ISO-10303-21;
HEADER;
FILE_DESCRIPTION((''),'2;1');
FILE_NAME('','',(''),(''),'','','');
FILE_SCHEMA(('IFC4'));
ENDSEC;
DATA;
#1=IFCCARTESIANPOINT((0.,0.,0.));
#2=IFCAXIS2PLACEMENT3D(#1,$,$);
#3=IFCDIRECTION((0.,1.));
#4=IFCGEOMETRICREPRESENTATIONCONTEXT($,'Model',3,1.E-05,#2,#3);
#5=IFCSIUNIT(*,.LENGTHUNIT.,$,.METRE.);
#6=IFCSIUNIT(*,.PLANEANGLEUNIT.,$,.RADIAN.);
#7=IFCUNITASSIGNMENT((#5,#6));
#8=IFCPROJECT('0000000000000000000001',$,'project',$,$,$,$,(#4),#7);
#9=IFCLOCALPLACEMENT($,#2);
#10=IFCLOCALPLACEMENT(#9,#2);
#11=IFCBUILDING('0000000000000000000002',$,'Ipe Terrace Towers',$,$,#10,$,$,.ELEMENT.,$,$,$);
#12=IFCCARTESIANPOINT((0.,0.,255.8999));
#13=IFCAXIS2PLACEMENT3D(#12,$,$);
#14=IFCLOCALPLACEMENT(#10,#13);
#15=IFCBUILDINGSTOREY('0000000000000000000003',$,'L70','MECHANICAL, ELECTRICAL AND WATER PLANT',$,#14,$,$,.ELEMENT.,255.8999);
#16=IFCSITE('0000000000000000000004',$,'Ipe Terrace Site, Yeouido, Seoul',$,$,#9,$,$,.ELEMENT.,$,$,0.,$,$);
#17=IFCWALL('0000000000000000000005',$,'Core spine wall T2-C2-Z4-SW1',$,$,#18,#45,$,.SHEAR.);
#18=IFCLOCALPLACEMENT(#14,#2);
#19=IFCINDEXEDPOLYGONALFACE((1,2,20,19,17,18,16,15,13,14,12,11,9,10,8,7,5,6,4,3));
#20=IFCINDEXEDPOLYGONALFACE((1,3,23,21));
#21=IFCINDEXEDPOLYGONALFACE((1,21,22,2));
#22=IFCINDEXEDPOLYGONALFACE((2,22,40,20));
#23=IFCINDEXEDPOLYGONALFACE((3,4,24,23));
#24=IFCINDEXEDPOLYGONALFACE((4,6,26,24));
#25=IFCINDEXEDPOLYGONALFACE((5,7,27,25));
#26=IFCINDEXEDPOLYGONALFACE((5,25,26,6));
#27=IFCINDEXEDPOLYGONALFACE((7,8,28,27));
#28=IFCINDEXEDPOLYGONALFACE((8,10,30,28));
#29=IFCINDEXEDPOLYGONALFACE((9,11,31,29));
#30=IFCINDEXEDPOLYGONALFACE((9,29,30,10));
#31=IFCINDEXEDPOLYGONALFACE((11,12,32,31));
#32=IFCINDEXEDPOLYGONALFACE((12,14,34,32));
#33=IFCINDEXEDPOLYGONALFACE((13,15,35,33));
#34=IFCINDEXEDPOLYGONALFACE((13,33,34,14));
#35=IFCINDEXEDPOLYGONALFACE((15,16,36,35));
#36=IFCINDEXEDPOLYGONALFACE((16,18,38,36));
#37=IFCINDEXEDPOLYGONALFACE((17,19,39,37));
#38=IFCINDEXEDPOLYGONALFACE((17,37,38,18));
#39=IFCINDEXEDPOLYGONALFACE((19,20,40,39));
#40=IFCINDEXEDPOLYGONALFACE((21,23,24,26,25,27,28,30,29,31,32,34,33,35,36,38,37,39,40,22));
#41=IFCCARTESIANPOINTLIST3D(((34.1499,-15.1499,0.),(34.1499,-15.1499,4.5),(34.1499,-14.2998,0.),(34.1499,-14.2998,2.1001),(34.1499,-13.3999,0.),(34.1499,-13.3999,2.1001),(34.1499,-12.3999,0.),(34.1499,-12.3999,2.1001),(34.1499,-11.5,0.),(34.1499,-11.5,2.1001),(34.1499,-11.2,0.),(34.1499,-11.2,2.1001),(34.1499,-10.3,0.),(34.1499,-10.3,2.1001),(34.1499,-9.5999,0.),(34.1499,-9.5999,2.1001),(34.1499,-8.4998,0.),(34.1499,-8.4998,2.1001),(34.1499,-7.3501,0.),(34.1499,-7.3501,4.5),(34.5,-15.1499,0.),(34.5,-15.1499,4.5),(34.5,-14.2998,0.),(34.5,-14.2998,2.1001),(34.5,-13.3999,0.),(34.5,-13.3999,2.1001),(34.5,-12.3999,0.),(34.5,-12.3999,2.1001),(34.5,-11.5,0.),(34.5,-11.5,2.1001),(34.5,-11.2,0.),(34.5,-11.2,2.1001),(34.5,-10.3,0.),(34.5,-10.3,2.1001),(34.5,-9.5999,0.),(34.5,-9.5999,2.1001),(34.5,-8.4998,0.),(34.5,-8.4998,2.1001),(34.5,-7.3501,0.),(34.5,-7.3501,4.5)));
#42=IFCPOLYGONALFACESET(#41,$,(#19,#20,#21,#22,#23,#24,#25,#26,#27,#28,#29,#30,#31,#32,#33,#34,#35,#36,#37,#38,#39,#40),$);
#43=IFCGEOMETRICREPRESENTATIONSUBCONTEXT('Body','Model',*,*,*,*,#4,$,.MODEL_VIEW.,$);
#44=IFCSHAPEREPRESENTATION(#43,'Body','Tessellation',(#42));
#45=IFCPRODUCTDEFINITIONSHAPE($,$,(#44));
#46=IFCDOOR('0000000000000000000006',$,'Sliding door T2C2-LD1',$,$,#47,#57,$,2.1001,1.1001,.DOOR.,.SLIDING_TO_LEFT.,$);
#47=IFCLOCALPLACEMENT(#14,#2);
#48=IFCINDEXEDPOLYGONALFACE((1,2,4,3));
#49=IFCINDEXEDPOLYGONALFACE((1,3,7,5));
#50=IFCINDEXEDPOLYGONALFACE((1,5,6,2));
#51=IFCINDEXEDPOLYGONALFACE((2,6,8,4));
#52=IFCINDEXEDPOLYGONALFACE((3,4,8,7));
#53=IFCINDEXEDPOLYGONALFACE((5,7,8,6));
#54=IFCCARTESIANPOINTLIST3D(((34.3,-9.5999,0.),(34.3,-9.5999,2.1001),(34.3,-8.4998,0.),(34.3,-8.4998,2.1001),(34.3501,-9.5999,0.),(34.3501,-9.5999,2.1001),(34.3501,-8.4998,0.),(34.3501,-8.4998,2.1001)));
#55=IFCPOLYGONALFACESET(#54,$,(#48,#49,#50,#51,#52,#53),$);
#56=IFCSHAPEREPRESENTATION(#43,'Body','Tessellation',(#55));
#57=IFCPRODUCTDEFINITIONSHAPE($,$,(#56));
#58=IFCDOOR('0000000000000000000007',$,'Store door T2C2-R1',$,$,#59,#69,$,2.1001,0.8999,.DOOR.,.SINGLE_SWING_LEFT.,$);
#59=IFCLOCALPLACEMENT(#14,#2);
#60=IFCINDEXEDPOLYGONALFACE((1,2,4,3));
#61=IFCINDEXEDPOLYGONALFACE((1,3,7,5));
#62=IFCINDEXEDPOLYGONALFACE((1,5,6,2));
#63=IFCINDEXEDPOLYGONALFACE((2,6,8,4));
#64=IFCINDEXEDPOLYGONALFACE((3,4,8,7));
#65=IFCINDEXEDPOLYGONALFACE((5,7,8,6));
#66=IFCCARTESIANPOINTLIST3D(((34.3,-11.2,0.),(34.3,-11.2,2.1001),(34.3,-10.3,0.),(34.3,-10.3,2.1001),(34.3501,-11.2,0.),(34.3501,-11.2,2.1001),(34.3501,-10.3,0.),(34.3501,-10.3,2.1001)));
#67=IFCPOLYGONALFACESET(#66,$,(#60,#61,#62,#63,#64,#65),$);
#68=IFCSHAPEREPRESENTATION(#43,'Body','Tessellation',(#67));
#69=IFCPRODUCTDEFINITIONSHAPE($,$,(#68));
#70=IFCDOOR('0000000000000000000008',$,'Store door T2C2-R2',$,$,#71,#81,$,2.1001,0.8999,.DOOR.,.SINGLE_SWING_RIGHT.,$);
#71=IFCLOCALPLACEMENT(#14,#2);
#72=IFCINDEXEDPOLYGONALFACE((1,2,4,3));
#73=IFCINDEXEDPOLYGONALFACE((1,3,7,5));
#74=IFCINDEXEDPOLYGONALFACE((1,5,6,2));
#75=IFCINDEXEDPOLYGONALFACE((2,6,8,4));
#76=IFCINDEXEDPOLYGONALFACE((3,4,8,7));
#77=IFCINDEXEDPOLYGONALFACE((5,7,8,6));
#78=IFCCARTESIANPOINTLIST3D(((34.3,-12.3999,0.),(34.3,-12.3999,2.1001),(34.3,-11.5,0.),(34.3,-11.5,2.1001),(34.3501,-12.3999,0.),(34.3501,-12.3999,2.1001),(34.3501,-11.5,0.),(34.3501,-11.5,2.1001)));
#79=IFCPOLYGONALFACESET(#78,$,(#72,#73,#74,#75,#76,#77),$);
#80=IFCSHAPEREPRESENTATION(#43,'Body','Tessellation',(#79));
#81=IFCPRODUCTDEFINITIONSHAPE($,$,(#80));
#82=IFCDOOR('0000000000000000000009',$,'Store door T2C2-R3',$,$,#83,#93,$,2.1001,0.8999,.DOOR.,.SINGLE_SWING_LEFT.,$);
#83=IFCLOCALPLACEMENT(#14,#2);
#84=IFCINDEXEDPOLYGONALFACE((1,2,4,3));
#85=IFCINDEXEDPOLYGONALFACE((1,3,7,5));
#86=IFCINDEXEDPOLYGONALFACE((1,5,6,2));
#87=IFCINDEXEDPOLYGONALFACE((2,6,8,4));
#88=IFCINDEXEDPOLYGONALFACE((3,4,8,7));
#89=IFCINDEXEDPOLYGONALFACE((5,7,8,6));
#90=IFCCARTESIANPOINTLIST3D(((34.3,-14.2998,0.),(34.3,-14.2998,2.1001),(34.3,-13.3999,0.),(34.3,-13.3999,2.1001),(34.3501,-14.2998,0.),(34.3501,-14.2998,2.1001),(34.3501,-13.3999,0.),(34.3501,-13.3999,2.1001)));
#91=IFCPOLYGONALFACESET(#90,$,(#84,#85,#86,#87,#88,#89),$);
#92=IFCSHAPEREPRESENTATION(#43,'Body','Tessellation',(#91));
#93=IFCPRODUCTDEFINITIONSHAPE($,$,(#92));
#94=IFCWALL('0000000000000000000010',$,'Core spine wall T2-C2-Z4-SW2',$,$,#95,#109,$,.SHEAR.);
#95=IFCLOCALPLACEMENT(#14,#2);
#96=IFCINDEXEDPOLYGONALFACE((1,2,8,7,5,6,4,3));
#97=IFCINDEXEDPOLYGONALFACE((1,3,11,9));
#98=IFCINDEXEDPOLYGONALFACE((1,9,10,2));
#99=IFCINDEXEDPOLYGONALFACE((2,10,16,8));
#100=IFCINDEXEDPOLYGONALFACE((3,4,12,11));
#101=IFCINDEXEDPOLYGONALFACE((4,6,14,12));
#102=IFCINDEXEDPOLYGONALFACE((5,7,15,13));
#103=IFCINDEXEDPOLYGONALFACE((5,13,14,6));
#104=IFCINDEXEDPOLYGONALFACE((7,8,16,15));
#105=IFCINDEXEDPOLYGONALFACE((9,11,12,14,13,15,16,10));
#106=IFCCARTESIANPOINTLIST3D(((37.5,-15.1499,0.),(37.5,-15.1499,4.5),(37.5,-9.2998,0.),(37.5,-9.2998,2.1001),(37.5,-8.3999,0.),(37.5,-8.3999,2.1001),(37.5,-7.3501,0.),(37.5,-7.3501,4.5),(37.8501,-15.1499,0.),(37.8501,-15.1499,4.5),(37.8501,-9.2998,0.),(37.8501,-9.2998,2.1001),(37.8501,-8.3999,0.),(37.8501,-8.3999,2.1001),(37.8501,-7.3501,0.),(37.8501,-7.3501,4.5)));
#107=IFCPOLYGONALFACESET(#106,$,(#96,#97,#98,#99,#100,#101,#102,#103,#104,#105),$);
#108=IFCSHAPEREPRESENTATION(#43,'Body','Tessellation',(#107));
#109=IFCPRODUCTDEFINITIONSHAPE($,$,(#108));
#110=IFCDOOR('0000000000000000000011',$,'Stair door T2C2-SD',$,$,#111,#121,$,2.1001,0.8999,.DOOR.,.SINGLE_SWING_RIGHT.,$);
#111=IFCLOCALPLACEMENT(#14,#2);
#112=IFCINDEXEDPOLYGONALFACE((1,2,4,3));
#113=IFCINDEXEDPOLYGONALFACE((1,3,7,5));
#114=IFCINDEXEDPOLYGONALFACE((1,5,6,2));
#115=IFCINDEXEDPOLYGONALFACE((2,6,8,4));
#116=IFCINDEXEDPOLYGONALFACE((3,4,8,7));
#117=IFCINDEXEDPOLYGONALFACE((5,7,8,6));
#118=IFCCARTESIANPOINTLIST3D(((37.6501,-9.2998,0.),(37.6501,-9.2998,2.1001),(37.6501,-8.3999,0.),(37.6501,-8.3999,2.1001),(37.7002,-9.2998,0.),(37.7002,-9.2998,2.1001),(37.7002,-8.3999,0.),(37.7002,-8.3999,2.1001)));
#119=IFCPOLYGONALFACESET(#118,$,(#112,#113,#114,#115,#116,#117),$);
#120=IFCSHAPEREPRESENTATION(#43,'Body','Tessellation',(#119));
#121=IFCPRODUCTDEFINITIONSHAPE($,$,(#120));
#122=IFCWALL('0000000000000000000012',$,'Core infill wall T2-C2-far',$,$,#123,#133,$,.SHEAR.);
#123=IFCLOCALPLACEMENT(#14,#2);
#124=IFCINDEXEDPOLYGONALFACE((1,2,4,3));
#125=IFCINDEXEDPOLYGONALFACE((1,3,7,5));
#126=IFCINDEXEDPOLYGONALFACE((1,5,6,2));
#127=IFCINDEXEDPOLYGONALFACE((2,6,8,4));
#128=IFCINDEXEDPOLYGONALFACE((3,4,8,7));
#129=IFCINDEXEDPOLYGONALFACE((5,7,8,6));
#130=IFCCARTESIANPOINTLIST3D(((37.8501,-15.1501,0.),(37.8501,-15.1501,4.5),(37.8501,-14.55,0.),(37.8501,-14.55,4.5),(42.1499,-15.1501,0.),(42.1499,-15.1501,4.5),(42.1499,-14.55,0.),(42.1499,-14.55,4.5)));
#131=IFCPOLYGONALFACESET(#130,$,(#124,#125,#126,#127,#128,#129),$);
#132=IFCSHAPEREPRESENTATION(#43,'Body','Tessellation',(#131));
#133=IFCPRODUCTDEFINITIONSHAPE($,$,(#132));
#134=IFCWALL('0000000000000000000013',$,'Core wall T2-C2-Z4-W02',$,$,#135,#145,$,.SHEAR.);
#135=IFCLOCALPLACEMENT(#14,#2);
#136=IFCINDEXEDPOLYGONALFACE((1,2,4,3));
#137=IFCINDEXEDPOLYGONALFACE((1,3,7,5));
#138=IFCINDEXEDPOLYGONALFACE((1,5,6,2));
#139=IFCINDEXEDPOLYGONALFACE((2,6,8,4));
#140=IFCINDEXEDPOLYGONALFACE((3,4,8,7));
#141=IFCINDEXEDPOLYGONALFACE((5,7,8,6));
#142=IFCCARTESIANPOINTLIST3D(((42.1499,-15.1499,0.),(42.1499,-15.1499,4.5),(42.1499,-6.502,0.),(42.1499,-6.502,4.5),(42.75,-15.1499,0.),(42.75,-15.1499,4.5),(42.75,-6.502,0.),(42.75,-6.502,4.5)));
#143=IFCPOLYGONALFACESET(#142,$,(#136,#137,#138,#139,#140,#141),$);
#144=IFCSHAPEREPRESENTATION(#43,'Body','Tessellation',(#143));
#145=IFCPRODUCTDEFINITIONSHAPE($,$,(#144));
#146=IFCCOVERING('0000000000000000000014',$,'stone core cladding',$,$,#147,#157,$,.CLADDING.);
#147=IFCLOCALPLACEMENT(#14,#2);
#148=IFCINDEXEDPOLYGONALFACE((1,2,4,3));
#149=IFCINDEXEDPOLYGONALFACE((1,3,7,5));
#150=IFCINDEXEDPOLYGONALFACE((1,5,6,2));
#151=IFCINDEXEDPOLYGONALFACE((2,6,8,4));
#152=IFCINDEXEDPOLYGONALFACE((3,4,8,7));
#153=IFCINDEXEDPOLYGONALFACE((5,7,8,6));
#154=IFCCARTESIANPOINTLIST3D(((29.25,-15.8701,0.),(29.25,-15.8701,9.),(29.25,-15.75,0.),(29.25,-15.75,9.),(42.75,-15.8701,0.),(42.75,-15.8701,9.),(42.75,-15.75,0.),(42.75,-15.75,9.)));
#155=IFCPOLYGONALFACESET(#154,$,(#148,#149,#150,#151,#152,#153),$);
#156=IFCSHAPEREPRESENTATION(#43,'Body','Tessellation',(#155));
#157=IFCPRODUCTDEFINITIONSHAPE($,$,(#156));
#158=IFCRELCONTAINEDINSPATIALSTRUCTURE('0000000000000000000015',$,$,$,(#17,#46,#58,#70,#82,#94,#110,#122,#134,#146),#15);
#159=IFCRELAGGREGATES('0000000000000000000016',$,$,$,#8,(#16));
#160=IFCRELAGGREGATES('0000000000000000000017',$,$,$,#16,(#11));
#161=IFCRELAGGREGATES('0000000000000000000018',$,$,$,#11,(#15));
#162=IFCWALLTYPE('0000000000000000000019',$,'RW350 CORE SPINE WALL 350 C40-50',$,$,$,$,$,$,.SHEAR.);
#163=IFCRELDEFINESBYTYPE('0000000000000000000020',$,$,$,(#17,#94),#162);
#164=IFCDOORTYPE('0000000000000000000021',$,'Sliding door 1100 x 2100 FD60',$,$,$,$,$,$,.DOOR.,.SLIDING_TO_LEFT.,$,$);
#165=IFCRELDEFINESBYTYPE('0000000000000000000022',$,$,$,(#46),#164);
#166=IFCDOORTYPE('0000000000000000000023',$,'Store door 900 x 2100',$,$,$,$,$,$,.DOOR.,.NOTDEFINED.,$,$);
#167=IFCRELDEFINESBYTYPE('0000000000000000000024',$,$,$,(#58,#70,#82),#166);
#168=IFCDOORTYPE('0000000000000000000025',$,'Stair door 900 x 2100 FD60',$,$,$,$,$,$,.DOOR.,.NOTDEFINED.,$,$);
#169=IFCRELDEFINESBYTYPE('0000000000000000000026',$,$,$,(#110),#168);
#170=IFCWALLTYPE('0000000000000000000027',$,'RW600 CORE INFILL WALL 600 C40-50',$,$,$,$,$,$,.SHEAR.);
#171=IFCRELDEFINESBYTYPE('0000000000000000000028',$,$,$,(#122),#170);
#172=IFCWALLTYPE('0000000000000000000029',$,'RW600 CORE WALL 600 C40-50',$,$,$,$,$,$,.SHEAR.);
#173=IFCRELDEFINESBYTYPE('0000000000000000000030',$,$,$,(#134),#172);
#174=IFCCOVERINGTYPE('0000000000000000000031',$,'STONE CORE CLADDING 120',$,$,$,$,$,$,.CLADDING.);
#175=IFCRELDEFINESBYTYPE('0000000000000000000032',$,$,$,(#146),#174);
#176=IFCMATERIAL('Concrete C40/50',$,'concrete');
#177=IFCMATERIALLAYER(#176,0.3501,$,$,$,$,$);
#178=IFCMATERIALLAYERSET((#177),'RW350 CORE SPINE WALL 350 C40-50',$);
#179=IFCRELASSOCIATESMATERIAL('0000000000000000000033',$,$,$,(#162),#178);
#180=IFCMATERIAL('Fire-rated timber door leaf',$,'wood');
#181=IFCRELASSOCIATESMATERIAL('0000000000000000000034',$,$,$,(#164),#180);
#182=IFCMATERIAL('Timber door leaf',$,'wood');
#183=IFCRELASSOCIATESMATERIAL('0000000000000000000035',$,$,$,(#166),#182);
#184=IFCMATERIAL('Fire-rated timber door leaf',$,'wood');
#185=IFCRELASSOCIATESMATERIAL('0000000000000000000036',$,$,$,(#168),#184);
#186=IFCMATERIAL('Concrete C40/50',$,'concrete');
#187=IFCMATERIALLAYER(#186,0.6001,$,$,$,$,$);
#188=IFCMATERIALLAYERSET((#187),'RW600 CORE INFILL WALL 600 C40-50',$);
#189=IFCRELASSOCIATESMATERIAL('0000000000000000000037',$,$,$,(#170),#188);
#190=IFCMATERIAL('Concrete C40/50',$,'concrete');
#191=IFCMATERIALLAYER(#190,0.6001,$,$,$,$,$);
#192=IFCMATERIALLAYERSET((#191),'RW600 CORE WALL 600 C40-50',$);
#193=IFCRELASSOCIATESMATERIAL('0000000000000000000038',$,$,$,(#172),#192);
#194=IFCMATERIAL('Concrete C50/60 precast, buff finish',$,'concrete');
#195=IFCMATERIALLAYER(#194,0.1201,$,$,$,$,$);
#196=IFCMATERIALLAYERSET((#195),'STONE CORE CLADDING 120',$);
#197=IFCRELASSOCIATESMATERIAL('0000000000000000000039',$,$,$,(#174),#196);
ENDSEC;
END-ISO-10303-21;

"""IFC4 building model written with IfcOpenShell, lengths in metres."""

from ifc_helpers import new_model, si_unit, direction, frame, frame_2d, origin, origin_2d, place, context, subcontext, project, spatial, rectangle, extrude, material, layer, layer_set, type_object, element, fill, save


model = new_model("IFC4")

# Units and contexts
model_context = context("Model", 3, precision=1e-05, world=origin(), true_north=direction((0.0, 1.0)))
body_context = subcontext(model_context, "Body", "Model", "MODEL_VIEW")
ifc_project = project(units=[si_unit("LENGTHUNIT", "METRE"), si_unit("PLANEANGLEUNIT", "RADIAN")], contexts=[model_context])

# Site, building, storey
site_placement = place(None, origin())
site = spatial("IfcSite", under=ifc_project, at=site_placement, Name="Ipe Terrace Site, Yeouido, Seoul", CompositionType="ELEMENT", RefElevation=0.0)
building_placement = place(site_placement, origin())
building = spatial("IfcBuilding", under=site, at=building_placement, Name="Ipe Terrace Towers", CompositionType="ELEMENT")
storey_placement = place(building_placement, frame((0.0, 0.0, 255.8999)))
storey = spatial("IfcBuildingStorey", under=building, at=storey_placement, Name="L70", Description="MECHANICAL, ELECTRICAL AND WATER PLANT", CompositionType="ELEMENT", Elevation=255.8999)

# Wall, openings, doors
ifc_material_1 = material(Name="Concrete C40/50", Category="concrete")
ifc_layer_1 = layer(ifc_material_1, 0.3501)
ifc_layer_set_1 = layer_set([ifc_layer_1], Name="RW350 CORE SPINE WALL 350 C40-50")
wall_type_1 = type_object("IfcWallType", Name="RW350 CORE SPINE WALL 350 C40-50", PredefinedType="SHEAR", material=ifc_layer_set_1)
wall_1_placement = place(storey_placement, frame((34.325, -15.1499, 0.0), z_axis=(0.0, 0.0, 1.0), x_axis=(0.0, 1.0, 0.0)))
wall_1 = element("IfcWall", 1, at=wall_1_placement, inside=storey, type_object=wall_type_1, Name="Core spine wall T2-C2-Z4-SW1", PredefinedType="SHEAR", context=body_context, shape_type="SweptSolid", body=[
    extrude(rectangle(XDim=7.7998, YDim=0.3501, at=frame_2d((3.8999, 0.0))), origin(), (0.0, 0.0, 1.0), 4.5),
])
opening_1_placement = place(wall_1_placement, frame((5.55, 0.0, 0.0)))
opening_1 = element("IfcOpeningElement", 2, at=opening_1_placement, cuts=wall_1, PredefinedType="OPENING", context=body_context, shape_type="SweptSolid", body=[
    extrude(rectangle(XDim=1.1001, YDim=2.1001, at=frame_2d((0.55, 1.05))), frame((0.0, 0.1851, 0.0), z_axis=(0.0, -1.0, 0.0), x_axis=(1.0, 0.0, 0.0)), (0.0, 0.0, 1.0), 0.3701),
])
opening_2_placement = place(wall_1_placement, frame((3.95, 0.0, 0.0)))
opening_2 = element("IfcOpeningElement", 3, at=opening_2_placement, cuts=wall_1, PredefinedType="OPENING", context=body_context, shape_type="SweptSolid", body=[
    extrude(rectangle(XDim=0.8999, YDim=2.1001, at=frame_2d((0.45, 1.05))), frame((0.0, 0.1851, 0.0), z_axis=(0.0, -1.0, 0.0), x_axis=(1.0, 0.0, 0.0)), (0.0, 0.0, 1.0), 0.3701),
])
opening_3_placement = place(wall_1_placement, frame((2.75, 0.0, 0.0)))
opening_3 = element("IfcOpeningElement", 4, at=opening_3_placement, cuts=wall_1, PredefinedType="OPENING", context=body_context, shape_type="SweptSolid", body=[
    extrude(rectangle(XDim=0.8999, YDim=2.1001, at=frame_2d((0.45, 1.05))), frame((0.0, 0.1851, 0.0), z_axis=(0.0, -1.0, 0.0), x_axis=(1.0, 0.0, 0.0)), (0.0, 0.0, 1.0), 0.3701),
])
opening_4_placement = place(wall_1_placement, frame((0.8501, 0.0, 0.0)))
opening_4 = element("IfcOpeningElement", 5, at=opening_4_placement, cuts=wall_1, PredefinedType="OPENING", context=body_context, shape_type="SweptSolid", body=[
    extrude(rectangle(XDim=0.8999, YDim=2.1001, at=frame_2d((0.45, 1.05))), frame((0.0, 0.1851, 0.0), z_axis=(0.0, -1.0, 0.0), x_axis=(1.0, 0.0, 0.0)), (0.0, 0.0, 1.0), 0.3701),
])
ifc_material_2 = material(Name="Fire-rated timber door leaf", Category="wood")
door_type_1 = type_object("IfcDoorType", Name="Sliding door 1100 x 2100 FD60", OperationType="SLIDING_TO_LEFT", PredefinedType="DOOR", material=ifc_material_2)
door_1_placement = place(opening_1_placement, origin())
door_1 = element("IfcDoor", 6, at=door_1_placement, inside=storey, type_object=door_type_1, Name="Sliding door T2C2-LD1", OperationType="SLIDING_TO_LEFT", OverallHeight=2.1001, OverallWidth=1.1001, PredefinedType="DOOR", context=body_context, shape_type="SweptSolid", body=[
    extrude(rectangle(XDim=1.1001, YDim=2.1001, at=frame_2d((0.55, 1.05))), frame((0.0, 0.0249, 0.0), z_axis=(0.0, -1.0, 0.0), x_axis=(1.0, 0.0, 0.0)), (0.0, 0.0, 1.0), 0.05),
])
fill(opening_1, door_1)
ifc_material_3 = material(Name="Timber door leaf", Category="wood")
door_type_2 = type_object("IfcDoorType", Name="Store door 900 x 2100", OperationType="NOTDEFINED", PredefinedType="DOOR", material=ifc_material_3)
door_2_placement = place(opening_2_placement, origin())
door_2 = element("IfcDoor", 7, at=door_2_placement, inside=storey, type_object=door_type_2, Name="Store door T2C2-R1", OperationType="SINGLE_SWING_LEFT", OverallHeight=2.1001, OverallWidth=0.8999, PredefinedType="DOOR", context=body_context, shape_type="SweptSolid", body=[
    extrude(rectangle(XDim=0.8999, YDim=2.1001, at=frame_2d((0.45, 1.05))), frame((0.0, 0.0249, 0.0), z_axis=(0.0, -1.0, 0.0), x_axis=(1.0, 0.0, 0.0)), (0.0, 0.0, 1.0), 0.05),
])
fill(opening_2, door_2)
door_3_placement = place(opening_3_placement, origin())
door_3 = element("IfcDoor", 8, at=door_3_placement, inside=storey, type_object=door_type_2, Name="Store door T2C2-R2", OperationType="SINGLE_SWING_RIGHT", OverallHeight=2.1001, OverallWidth=0.8999, PredefinedType="DOOR", context=body_context, shape_type="SweptSolid", body=[
    extrude(rectangle(XDim=0.8999, YDim=2.1001, at=frame_2d((0.45, 1.05))), frame((0.0, 0.0249, 0.0), z_axis=(0.0, -1.0, 0.0), x_axis=(1.0, 0.0, 0.0)), (0.0, 0.0, 1.0), 0.05),
])
fill(opening_3, door_3)
door_4_placement = place(opening_4_placement, origin())
door_4 = element("IfcDoor", 9, at=door_4_placement, inside=storey, type_object=door_type_2, Name="Store door T2C2-R3", OperationType="SINGLE_SWING_LEFT", OverallHeight=2.1001, OverallWidth=0.8999, PredefinedType="DOOR", context=body_context, shape_type="SweptSolid", body=[
    extrude(rectangle(XDim=0.8999, YDim=2.1001, at=frame_2d((0.45, 1.05))), frame((0.0, 0.0249, 0.0), z_axis=(0.0, -1.0, 0.0), x_axis=(1.0, 0.0, 0.0)), (0.0, 0.0, 1.0), 0.05),
])
fill(opening_4, door_4)

# Wall, opening, door
wall_2_placement = place(storey_placement, frame((37.675, -15.1499, 0.0), z_axis=(0.0, 0.0, 1.0), x_axis=(0.0, 1.0, 0.0)))
wall_2 = element("IfcWall", 10, at=wall_2_placement, inside=storey, type_object=wall_type_1, Name="Core spine wall T2-C2-Z4-SW2", PredefinedType="SHEAR", context=body_context, shape_type="SweptSolid", body=[
    extrude(rectangle(XDim=7.7998, YDim=0.3501, at=frame_2d((3.8999, 0.0))), origin(), (0.0, 0.0, 1.0), 4.5),
])
opening_5_placement = place(wall_2_placement, frame((5.8501, 0.0, 0.0)))
opening_5 = element("IfcOpeningElement", 11, at=opening_5_placement, cuts=wall_2, PredefinedType="OPENING", context=body_context, shape_type="SweptSolid", body=[
    extrude(rectangle(XDim=0.8999, YDim=2.1001, at=frame_2d((0.45, 1.05))), frame((0.0, 0.1851, 0.0), z_axis=(0.0, -1.0, 0.0), x_axis=(1.0, 0.0, 0.0)), (0.0, 0.0, 1.0), 0.3701),
])
ifc_material_4 = material(Name="Fire-rated timber door leaf", Category="wood")
door_type_3 = type_object("IfcDoorType", Name="Stair door 900 x 2100 FD60", OperationType="NOTDEFINED", PredefinedType="DOOR", material=ifc_material_4)
door_5_placement = place(opening_5_placement, origin())
door_5 = element("IfcDoor", 12, at=door_5_placement, inside=storey, type_object=door_type_3, Name="Stair door T2C2-SD", OperationType="SINGLE_SWING_RIGHT", OverallHeight=2.1001, OverallWidth=0.8999, PredefinedType="DOOR", context=body_context, shape_type="SweptSolid", body=[
    extrude(rectangle(XDim=0.8999, YDim=2.1001, at=frame_2d((0.45, 1.05))), frame((0.0, 0.0249, 0.0), z_axis=(0.0, -1.0, 0.0), x_axis=(1.0, 0.0, 0.0)), (0.0, 0.0, 1.0), 0.05),
])
fill(opening_5, door_5)

# Walls
ifc_material_5 = material(Name="Concrete C40/50", Category="concrete")
ifc_layer_2 = layer(ifc_material_5, 0.6001)
ifc_layer_set_2 = layer_set([ifc_layer_2], Name="RW600 CORE INFILL WALL 600 C40-50")
wall_type_2 = type_object("IfcWallType", Name="RW600 CORE INFILL WALL 600 C40-50", PredefinedType="SHEAR", material=ifc_layer_set_2)
wall_3_placement = place(storey_placement, frame((37.8501, -14.8501, 0.0), z_axis=(0.0, 0.0, 1.0), x_axis=(1.0, 0.0, 0.0)))
element("IfcWall", 13, at=wall_3_placement, inside=storey, type_object=wall_type_2, Name="Core infill wall T2-C2-far", PredefinedType="SHEAR", context=body_context, shape_type="SweptSolid", body=[
    extrude(rectangle(XDim=4.2998, YDim=0.6001, at=frame_2d((2.1499, 0.0))), origin(), (0.0, 0.0, 1.0), 4.5),
])
ifc_material_6 = material(Name="Concrete C40/50", Category="concrete")
ifc_layer_3 = layer(ifc_material_6, 0.6001)
ifc_layer_set_3 = layer_set([ifc_layer_3], Name="RW600 CORE WALL 600 C40-50")
wall_type_3 = type_object("IfcWallType", Name="RW600 CORE WALL 600 C40-50", PredefinedType="SHEAR", material=ifc_layer_set_3)
wall_4_placement = place(storey_placement, frame((42.45, -15.1499, 0.0), z_axis=(0.0, 0.0, 1.0), x_axis=(0.0, 1.0, 0.0)))
element("IfcWall", 14, at=wall_4_placement, inside=storey, type_object=wall_type_3, Name="Core wall T2-C2-Z4-W02", PredefinedType="SHEAR", context=body_context, shape_type="SweptSolid", body=[
    extrude(rectangle(XDim=8.6479, YDim=0.6001, at=frame_2d((4.324, 0.0))), origin(), (0.0, 0.0, 1.0), 4.5),
])

# Covering
ifc_material_7 = material(Name="Concrete C50/60 precast, buff finish", Category="concrete")
ifc_layer_4 = layer(ifc_material_7, 0.1201)
ifc_layer_set_4 = layer_set([ifc_layer_4], Name="STONE CORE CLADDING 120")
covering_type_1 = type_object("IfcCoveringType", Name="STONE CORE CLADDING 120", PredefinedType="CLADDING", material=ifc_layer_set_4)
covering_1_placement = place(storey_placement, frame((36.0, -15.8101, 0.0), z_axis=(0.0, 0.0, 1.0), x_axis=(1.0, 0.0, 0.0)))
element("IfcCovering", 15, at=covering_1_placement, inside=storey, type_object=covering_type_1, Name="stone core cladding", PredefinedType="CLADDING", context=body_context, shape_type="SweptSolid", body=[
    extrude(rectangle(XDim=13.5, YDim=0.1201, at=origin_2d()), origin(), (0.0, 0.0, 1.0), 9.0),
])

save(model, "model.ifc")
